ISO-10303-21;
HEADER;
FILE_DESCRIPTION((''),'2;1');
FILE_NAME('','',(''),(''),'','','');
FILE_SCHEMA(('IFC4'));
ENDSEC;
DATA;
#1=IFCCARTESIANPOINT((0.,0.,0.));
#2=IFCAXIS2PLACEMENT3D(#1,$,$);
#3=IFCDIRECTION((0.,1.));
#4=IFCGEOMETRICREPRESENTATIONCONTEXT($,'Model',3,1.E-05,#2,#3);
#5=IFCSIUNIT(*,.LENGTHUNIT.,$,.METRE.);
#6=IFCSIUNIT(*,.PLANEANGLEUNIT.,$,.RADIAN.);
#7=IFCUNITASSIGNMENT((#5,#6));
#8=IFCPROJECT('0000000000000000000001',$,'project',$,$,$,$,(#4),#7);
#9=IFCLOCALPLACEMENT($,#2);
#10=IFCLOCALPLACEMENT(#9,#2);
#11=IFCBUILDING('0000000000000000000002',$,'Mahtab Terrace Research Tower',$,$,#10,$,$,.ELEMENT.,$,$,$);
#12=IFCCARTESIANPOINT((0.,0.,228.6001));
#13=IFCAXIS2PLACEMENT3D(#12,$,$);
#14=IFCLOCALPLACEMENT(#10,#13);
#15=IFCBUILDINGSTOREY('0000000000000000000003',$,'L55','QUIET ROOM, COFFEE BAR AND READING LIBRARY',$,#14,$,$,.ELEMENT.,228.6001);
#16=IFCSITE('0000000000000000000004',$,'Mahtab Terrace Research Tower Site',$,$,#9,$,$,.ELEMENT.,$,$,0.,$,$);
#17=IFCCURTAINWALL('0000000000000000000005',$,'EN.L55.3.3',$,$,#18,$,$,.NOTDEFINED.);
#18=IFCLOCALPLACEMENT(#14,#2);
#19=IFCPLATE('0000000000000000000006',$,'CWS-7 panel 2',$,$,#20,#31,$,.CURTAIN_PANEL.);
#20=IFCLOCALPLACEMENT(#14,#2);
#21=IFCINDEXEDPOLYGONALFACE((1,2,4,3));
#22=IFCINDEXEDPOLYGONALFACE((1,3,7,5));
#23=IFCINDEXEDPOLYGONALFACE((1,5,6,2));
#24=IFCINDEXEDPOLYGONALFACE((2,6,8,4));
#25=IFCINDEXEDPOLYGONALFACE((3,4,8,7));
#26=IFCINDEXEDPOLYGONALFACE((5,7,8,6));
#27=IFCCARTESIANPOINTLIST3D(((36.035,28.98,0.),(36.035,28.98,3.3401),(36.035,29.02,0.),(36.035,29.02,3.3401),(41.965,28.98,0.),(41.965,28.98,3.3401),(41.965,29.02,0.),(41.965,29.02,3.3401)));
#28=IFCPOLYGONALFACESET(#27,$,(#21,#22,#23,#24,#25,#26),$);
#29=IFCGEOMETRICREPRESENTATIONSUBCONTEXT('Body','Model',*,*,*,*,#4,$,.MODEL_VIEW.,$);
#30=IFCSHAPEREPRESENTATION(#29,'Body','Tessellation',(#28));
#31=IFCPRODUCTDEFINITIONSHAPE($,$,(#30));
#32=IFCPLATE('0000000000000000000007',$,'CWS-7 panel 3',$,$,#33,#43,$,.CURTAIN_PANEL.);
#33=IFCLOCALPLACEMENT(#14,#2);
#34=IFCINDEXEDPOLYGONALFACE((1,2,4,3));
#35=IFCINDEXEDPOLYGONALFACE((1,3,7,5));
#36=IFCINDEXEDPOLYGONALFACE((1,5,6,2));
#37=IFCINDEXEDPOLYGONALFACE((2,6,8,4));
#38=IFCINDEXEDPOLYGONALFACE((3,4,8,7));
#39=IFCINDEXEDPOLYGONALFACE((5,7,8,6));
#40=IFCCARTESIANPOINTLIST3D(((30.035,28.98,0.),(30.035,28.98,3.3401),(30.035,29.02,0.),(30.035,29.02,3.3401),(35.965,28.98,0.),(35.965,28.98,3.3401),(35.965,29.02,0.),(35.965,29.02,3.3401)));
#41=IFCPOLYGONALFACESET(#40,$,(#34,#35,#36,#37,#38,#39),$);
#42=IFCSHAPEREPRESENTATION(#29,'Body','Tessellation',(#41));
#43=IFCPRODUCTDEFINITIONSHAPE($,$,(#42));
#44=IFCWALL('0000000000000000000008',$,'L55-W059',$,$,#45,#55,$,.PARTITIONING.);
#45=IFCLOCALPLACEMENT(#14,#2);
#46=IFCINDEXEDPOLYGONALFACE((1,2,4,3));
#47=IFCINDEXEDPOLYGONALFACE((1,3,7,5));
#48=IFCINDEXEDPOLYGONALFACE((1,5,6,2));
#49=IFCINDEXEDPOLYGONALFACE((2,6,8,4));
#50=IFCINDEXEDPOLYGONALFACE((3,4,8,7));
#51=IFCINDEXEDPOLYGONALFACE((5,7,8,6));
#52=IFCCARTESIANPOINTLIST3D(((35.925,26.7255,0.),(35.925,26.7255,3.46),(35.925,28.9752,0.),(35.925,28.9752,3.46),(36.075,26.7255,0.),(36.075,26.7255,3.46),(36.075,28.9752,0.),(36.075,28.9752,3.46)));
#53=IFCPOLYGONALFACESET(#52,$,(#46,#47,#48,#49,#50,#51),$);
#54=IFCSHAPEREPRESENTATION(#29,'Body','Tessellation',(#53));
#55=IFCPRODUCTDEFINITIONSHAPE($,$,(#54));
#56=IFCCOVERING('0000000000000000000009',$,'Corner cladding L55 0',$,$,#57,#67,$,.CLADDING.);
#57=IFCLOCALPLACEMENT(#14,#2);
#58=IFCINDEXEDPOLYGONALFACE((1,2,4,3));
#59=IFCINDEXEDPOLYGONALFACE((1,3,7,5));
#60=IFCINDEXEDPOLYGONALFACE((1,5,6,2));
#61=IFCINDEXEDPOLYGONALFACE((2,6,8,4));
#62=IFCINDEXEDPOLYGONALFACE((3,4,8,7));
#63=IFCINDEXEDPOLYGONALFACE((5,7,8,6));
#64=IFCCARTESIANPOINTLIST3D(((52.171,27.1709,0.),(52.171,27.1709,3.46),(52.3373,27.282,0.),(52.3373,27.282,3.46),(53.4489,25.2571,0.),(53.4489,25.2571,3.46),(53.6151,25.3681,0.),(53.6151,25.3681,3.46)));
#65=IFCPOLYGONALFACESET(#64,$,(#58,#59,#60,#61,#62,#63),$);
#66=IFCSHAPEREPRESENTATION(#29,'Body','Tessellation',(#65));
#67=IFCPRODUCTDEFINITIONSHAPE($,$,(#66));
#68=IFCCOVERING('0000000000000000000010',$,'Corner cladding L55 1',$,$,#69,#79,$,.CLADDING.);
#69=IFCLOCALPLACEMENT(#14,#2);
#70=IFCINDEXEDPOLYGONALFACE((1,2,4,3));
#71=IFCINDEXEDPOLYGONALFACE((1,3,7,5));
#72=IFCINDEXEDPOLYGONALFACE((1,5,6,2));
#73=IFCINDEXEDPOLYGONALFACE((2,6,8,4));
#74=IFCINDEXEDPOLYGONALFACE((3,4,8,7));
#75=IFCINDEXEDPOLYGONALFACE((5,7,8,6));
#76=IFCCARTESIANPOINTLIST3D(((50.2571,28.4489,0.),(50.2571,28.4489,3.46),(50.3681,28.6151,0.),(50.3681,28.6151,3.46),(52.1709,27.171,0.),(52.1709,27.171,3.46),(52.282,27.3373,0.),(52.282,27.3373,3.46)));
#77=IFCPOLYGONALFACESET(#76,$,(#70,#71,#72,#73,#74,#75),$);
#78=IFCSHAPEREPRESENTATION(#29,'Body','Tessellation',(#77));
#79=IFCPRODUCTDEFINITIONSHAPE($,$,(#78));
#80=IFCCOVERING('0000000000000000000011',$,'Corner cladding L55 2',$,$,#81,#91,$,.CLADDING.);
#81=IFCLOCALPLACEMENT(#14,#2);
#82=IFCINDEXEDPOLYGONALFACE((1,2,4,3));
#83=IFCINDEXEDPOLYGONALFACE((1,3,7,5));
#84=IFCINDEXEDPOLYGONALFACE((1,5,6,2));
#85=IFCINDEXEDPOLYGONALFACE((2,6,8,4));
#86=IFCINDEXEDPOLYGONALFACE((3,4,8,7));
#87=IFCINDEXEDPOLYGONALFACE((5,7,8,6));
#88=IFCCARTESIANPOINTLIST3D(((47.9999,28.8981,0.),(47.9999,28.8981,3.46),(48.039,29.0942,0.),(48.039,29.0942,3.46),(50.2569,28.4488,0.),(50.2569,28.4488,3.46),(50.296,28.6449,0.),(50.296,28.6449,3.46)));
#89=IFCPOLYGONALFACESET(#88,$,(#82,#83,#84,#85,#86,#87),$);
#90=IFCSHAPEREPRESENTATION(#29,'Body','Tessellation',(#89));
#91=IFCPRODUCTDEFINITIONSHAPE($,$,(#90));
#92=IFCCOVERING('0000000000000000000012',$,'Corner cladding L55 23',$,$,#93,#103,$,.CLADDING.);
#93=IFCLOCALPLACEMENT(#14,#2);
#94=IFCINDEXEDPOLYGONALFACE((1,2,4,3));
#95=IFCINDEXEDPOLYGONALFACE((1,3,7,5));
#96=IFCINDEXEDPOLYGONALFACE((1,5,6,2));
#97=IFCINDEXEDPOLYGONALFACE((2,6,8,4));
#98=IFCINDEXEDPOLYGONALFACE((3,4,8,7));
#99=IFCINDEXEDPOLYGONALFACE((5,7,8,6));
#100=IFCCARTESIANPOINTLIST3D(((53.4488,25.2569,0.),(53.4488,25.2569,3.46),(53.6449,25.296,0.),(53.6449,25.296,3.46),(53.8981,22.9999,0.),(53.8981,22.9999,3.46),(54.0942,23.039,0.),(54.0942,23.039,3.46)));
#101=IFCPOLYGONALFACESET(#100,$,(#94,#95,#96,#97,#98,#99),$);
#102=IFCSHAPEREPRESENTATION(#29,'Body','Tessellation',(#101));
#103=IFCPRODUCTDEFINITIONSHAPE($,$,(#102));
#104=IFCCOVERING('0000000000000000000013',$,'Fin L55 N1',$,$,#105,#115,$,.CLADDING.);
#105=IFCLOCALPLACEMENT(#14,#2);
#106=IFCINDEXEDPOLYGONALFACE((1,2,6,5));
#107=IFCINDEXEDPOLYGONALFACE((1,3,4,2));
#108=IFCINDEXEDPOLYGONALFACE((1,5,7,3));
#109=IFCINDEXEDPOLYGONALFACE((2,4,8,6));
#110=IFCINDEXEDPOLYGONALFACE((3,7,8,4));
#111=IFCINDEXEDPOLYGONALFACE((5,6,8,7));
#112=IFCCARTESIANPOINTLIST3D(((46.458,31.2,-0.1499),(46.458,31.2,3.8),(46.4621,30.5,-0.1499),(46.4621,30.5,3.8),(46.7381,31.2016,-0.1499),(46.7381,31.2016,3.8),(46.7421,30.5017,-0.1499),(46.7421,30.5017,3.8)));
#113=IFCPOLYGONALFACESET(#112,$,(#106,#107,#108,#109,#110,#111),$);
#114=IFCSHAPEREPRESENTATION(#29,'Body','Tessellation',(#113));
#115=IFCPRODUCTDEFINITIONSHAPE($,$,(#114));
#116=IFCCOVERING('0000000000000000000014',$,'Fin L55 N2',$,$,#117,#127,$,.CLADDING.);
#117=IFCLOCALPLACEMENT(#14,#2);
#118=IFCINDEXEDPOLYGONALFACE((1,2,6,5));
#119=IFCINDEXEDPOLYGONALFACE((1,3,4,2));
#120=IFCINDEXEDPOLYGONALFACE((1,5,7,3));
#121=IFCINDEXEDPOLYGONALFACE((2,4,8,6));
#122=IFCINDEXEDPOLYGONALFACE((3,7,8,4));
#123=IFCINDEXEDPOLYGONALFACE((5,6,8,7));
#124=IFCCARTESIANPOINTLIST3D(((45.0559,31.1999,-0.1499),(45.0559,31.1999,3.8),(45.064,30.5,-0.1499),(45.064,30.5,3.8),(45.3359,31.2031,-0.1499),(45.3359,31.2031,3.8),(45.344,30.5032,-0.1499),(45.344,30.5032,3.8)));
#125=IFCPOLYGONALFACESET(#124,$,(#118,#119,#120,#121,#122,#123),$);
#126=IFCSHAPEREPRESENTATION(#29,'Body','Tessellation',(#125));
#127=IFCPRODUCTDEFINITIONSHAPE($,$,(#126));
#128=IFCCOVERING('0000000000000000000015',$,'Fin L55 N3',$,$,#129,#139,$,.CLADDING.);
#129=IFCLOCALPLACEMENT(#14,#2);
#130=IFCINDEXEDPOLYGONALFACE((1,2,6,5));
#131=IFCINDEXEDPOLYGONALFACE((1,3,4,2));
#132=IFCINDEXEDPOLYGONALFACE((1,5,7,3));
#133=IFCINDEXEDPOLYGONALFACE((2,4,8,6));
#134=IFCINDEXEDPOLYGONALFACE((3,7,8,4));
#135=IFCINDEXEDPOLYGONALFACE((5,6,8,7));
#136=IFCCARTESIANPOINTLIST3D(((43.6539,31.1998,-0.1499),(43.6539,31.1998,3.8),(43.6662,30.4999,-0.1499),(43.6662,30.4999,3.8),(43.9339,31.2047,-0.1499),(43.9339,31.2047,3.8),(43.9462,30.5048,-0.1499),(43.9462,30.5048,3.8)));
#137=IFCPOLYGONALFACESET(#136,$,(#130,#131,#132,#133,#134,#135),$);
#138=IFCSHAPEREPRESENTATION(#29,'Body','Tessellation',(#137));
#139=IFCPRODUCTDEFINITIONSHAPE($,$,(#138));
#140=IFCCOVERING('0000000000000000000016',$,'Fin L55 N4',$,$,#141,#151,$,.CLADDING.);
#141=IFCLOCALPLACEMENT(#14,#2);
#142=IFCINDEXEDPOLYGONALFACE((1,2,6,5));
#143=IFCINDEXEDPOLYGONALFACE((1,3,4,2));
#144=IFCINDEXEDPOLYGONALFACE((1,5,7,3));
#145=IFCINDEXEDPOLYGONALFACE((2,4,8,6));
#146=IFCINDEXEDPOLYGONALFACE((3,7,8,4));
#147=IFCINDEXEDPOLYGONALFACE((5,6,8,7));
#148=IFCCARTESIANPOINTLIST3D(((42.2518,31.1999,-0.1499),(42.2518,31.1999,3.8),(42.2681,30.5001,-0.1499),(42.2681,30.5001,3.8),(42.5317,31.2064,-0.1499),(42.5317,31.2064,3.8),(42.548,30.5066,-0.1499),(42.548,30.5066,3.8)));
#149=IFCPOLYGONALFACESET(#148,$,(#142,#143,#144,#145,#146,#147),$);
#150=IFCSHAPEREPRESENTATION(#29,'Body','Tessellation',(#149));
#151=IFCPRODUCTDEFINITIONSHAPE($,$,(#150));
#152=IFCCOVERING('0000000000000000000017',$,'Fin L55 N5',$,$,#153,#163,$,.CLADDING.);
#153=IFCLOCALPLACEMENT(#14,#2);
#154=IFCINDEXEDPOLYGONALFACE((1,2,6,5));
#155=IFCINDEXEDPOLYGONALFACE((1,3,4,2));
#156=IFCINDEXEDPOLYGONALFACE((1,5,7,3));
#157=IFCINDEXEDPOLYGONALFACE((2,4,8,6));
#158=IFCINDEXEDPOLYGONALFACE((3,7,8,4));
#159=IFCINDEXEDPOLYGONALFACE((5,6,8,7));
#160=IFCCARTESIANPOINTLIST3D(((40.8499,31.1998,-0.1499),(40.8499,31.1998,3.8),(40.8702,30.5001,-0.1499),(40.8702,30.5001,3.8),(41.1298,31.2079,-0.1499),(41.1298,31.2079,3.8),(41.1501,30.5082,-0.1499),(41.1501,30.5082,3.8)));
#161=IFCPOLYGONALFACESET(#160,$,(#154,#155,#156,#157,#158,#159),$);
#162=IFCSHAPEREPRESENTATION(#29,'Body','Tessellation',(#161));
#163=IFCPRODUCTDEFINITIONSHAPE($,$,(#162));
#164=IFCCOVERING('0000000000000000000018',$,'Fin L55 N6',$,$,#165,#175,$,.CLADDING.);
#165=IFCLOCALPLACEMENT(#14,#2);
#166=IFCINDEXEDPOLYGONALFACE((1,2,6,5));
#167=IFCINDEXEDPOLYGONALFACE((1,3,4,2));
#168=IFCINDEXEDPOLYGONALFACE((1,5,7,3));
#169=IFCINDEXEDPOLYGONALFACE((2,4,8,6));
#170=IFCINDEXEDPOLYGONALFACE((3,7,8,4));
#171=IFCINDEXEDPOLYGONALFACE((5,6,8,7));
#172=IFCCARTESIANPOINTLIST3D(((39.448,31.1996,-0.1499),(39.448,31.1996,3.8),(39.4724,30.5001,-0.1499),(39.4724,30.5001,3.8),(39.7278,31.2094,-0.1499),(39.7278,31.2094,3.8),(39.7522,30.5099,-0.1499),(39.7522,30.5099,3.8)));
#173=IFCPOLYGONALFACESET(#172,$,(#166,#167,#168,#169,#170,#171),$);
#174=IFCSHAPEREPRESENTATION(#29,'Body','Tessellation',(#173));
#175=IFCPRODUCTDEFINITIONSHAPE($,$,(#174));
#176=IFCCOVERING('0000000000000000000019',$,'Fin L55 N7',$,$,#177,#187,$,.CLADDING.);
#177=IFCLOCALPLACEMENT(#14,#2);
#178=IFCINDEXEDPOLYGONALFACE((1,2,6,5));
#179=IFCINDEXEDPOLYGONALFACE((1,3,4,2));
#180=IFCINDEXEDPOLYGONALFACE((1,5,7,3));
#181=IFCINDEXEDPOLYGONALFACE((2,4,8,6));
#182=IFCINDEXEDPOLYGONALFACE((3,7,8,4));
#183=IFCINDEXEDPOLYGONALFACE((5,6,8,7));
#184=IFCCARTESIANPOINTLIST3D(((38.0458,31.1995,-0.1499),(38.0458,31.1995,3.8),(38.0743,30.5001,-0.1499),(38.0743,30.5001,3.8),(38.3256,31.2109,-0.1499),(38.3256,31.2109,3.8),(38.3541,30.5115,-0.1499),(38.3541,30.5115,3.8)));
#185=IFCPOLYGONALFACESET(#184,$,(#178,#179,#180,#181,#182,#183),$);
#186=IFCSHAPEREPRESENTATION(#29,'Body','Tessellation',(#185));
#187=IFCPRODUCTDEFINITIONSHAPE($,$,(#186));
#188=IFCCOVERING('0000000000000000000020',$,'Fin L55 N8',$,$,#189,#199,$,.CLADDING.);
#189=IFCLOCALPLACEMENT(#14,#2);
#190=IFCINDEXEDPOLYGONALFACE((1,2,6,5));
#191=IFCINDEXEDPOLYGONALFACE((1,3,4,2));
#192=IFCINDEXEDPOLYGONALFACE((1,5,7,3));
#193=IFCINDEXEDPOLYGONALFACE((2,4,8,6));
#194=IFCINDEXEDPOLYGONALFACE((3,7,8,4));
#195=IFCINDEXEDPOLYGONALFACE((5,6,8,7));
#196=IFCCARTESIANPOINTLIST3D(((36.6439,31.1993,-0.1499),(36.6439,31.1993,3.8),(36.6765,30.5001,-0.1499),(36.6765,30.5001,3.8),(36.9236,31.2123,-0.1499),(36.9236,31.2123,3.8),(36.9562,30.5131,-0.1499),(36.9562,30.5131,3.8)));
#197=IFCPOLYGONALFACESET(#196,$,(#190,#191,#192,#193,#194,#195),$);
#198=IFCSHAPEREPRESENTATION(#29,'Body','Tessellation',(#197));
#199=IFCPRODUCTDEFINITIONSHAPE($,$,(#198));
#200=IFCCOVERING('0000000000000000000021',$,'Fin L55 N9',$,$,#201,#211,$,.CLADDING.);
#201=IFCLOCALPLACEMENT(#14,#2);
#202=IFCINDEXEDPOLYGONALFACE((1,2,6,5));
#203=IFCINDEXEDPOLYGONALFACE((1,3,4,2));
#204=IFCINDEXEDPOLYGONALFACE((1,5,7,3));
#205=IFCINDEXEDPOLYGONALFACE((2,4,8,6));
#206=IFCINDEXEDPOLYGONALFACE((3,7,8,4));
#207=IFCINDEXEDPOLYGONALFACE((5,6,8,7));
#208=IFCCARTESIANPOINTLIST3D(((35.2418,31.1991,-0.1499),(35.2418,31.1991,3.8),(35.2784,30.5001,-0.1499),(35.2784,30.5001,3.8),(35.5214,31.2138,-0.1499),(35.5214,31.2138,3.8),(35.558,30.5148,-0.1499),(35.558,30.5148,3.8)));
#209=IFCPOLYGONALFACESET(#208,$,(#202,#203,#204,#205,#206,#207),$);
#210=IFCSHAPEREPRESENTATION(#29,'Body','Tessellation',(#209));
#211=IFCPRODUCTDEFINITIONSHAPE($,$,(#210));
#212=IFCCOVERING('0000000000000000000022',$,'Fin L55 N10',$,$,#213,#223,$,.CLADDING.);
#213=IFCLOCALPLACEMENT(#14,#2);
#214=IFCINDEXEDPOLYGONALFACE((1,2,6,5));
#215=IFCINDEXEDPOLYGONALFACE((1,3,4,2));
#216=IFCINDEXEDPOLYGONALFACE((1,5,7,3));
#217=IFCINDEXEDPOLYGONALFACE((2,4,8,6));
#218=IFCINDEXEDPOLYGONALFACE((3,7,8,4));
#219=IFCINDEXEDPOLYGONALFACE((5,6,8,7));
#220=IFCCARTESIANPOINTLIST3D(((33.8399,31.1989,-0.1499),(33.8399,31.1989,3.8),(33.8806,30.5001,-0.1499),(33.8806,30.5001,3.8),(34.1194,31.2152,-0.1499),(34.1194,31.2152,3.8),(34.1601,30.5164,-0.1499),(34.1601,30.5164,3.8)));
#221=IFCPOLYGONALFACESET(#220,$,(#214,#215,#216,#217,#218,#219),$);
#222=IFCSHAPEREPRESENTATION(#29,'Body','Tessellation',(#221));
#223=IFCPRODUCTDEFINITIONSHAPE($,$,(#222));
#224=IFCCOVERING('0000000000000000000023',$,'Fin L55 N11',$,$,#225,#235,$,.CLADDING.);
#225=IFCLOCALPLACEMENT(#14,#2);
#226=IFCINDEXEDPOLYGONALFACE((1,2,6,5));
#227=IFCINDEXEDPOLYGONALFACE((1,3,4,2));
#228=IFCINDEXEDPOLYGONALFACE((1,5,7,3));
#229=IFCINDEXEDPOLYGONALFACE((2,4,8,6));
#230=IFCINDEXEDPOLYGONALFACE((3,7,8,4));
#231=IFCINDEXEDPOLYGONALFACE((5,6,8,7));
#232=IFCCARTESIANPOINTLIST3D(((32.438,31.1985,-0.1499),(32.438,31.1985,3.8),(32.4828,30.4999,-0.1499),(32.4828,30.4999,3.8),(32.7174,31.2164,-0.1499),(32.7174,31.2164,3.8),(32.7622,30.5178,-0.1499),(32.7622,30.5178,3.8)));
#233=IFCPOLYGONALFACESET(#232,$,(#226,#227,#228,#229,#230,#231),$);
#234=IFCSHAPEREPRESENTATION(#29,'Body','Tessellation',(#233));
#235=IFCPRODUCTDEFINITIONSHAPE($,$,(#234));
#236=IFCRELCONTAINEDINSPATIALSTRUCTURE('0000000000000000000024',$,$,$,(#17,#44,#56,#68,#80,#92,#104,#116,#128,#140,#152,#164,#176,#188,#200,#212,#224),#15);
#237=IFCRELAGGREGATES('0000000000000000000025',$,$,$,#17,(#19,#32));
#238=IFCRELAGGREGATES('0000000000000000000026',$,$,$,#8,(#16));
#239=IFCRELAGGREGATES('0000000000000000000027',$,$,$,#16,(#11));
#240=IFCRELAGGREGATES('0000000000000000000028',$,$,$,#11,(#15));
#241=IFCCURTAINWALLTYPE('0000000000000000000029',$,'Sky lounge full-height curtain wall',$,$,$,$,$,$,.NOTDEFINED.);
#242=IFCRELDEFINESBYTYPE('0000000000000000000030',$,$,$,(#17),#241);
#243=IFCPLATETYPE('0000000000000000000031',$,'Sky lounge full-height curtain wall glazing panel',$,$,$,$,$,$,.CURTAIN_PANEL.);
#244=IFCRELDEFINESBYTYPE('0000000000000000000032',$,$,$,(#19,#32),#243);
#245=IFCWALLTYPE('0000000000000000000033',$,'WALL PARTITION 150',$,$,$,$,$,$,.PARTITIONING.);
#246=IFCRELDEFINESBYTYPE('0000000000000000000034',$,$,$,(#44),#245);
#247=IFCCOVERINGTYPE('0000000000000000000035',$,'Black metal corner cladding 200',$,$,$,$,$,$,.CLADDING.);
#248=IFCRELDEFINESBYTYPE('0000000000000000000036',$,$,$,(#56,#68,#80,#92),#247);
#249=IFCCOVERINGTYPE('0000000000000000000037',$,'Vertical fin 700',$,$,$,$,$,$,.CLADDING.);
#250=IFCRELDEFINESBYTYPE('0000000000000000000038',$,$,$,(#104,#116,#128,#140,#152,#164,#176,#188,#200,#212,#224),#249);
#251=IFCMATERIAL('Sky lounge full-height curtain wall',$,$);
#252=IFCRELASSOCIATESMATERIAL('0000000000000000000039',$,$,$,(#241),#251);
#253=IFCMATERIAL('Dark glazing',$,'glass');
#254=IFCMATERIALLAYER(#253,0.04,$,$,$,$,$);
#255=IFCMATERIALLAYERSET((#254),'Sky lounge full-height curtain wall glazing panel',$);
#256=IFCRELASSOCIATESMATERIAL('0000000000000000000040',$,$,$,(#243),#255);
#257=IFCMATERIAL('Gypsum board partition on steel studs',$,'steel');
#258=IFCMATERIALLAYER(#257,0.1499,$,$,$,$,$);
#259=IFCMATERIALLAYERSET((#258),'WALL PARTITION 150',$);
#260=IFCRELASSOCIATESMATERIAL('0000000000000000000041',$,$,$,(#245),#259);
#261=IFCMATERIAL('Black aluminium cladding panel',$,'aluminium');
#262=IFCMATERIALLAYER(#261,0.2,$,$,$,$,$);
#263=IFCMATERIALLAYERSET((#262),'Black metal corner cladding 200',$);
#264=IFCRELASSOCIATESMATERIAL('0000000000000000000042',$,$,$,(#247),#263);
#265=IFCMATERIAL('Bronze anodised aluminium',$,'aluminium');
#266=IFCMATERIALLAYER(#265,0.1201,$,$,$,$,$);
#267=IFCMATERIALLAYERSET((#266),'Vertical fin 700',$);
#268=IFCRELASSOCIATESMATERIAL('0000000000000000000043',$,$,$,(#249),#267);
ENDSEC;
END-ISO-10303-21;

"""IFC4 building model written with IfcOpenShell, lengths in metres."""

from ifc_helpers import new_model, si_unit, direction, frame, frame_2d, origin, origin_2d, place, context, subcontext, project, spatial, rectangle, extrude, material, layer, layer_set, type_object, element, aggregate, save


model = new_model("IFC4")

# Units and contexts
model_context = context("Model", 3, precision=1e-05, world=origin(), true_north=direction((0.0, 1.0)))
body_context = subcontext(model_context, "Body", "Model", "MODEL_VIEW")
ifc_project = project(units=[si_unit("LENGTHUNIT", "METRE"), si_unit("PLANEANGLEUNIT", "RADIAN")], contexts=[model_context])

# Site, building, storey
site_placement = place(None, origin())
site = spatial("IfcSite", under=ifc_project, at=site_placement, Name="Mahtab Terrace Research Tower Site", CompositionType="ELEMENT", RefElevation=0.0)
building_placement = place(site_placement, origin())
building = spatial("IfcBuilding", under=site, at=building_placement, Name="Mahtab Terrace Research Tower", CompositionType="ELEMENT")
storey_placement = place(building_placement, frame((0.0, 0.0, 228.6001)))
storey = spatial("IfcBuildingStorey", under=building, at=storey_placement, Name="L55", Description="QUIET ROOM, COFFEE BAR AND READING LIBRARY", CompositionType="ELEMENT", Elevation=228.6001)

# Curtain wall
ifc_material_1 = material(Name="Sky lounge full-height curtain wall")
curtain_wall_type = type_object("IfcCurtainWallType", Name="Sky lounge full-height curtain wall", PredefinedType="NOTDEFINED", material=ifc_material_1)
curtain_wall_1_placement = place(storey_placement, origin())
curtain_wall_1 = element("IfcCurtainWall", 1, at=curtain_wall_1_placement, inside=storey, type_object=curtain_wall_type, Name="EN.L55.3.3", PredefinedType="NOTDEFINED")

# Plates
ifc_material_2 = material(Name="Dark glazing", Category="glass")
ifc_layer_1 = layer(ifc_material_2, 0.04)
ifc_layer_set_1 = layer_set([ifc_layer_1], Name="Sky lounge full-height curtain wall glazing panel")
plate_type = type_object("IfcPlateType", Name="Sky lounge full-height curtain wall glazing panel", PredefinedType="CURTAIN_PANEL", material=ifc_layer_set_1)
plate_1_placement = place(storey_placement, frame((39.0, 29.0, 0.0), z_axis=(0.0, 0.0, 1.0), x_axis=(-1.0, 0.0, 0.0)))
plate_1 = element("IfcPlate", 2, at=plate_1_placement, type_object=plate_type, Name="CWS-7 panel 2", PredefinedType="CURTAIN_PANEL", context=body_context, shape_type="SweptSolid", body=[
    extrude(rectangle(XDim=5.9299, YDim=0.04, at=origin_2d()), origin(), (0.0, 0.0, 1.0), 3.3401),
])
plate_2_placement = place(storey_placement, frame((33.0, 29.0, 0.0), z_axis=(0.0, 0.0, 1.0), x_axis=(-1.0, 0.0, 0.0)))
plate_2 = element("IfcPlate", 3, at=plate_2_placement, type_object=plate_type, Name="CWS-7 panel 3", PredefinedType="CURTAIN_PANEL", context=body_context, shape_type="SweptSolid", body=[
    extrude(rectangle(XDim=5.9299, YDim=0.04, at=origin_2d()), origin(), (0.0, 0.0, 1.0), 3.3401),
])
aggregate(curtain_wall_1, [plate_1, plate_2])

# Wall
ifc_material_3 = material(Name="Gypsum board partition on steel studs", Category="steel")
ifc_layer_2 = layer(ifc_material_3, 0.1499)
ifc_layer_set_2 = layer_set([ifc_layer_2], Name="WALL PARTITION 150")
wall_type = type_object("IfcWallType", Name="WALL PARTITION 150", PredefinedType="PARTITIONING", material=ifc_layer_set_2)
wall_placement = place(storey_placement, frame((36.0, 26.7253, 0.0), z_axis=(0.0, 0.0, 1.0), x_axis=(0.0, 1.0, 0.0)))
element("IfcWall", 4, at=wall_placement, inside=storey, type_object=wall_type, Name="L55-W059", PredefinedType="PARTITIONING", context=body_context, shape_type="SweptSolid", body=[
    extrude(rectangle(XDim=2.2498, YDim=0.1499, at=frame_2d((1.125, 0.0))), origin(), (0.0, 0.0, 1.0), 3.46),
])

# Coverings
ifc_material_4 = material(Name="Black aluminium cladding panel", Category="aluminium")
ifc_layer_3 = layer(ifc_material_4, 0.2)
ifc_layer_set_3 = layer_set([ifc_layer_3], Name="Black metal corner cladding 200")
covering_type_1 = type_object("IfcCoveringType", Name="Black metal corner cladding 200", PredefinedType="CLADDING", material=ifc_layer_set_3)
for number, where, z_axis, x_axis, name in (
    (5, (52.8931, 26.2695, 0.0), (0.0, 0.0, 1.0), (-0.555291, 0.831656, 0.0), "Corner cladding L55 0"),
    (6, (51.2695, 27.8931, 0.0), (0.0, 0.0, 1.0), (-0.831656, 0.555291, 0.0), "Corner cladding L55 1"),
    (7, (49.1479, 28.7715, 0.0), (0.0, 0.0, 1.0), (-0.980761, 0.195212, 0.0), "Corner cladding L55 2"),
    (8, (53.7715, 24.1479, 0.0), (0.0, 0.0, 1.0), (-0.195212, 0.980761, 0.0), "Corner cladding L55 23"),
):
    element("IfcCovering", number, at=place(storey_placement, frame(where, z_axis=z_axis, x_axis=x_axis)), inside=storey, type_object=covering_type_1, Name=name, PredefinedType="CLADDING", context=body_context, shape_type="SweptSolid", body=[
        extrude(rectangle(XDim=2.3013, YDim=0.2, at=origin_2d()), origin(), (0.0, 0.0, 1.0), 3.46),
    ])
ifc_material_5 = material(Name="Bronze anodised aluminium", Category="aluminium")
ifc_layer_4 = layer(ifc_material_5, 0.1201)
ifc_layer_set_4 = layer_set([ifc_layer_4], Name="Vertical fin 700")
covering_type_2 = type_object("IfcCoveringType", Name="Vertical fin 700", PredefinedType="CLADDING", material=ifc_layer_set_4)
for number, where, z_axis, x_axis, name in (
    (9, (46.6001, 30.8508, -0.1499), (0.0, 0.0, 1.0), (-0.999983, -0.005818, 0.0), "Fin L55 N1"),
    (10, (45.2, 30.8516, -0.1499), (0.0, 0.0, 1.0), (-0.999932, -0.011635, 0.0), "Fin L55 N2"),
    (11, (43.8, 30.8523, -0.1499), (0.0, 0.0, 1.0), (-0.999848, -0.017452, 0.0), "Fin L55 N3"),
    (12, (42.3999, 30.8533, -0.1499), (0.0, 0.0, 1.0), (-0.999729, -0.023269, 0.0), "Fin L55 N4"),
    (13, (41.0, 30.854, -0.1499), (0.0, 0.0, 1.0), (-0.999577, -0.029085, 0.0), "Fin L55 N5"),
    (14, (39.6001, 30.8547, -0.1499), (0.0, 0.0, 1.0), (-0.999391, -0.034899, 0.0), "Fin L55 N6"),
    (15, (38.2, 30.8555, -0.1499), (0.0, 0.0, 1.0), (-0.999171, -0.040713, 0.0), "Fin L55 N7"),
    (16, (36.8, 30.8562, -0.1499), (0.0, 0.0, 1.0), (-0.998917, -0.046525, 0.0), "Fin L55 N8"),
    (17, (35.3999, 30.8569, -0.1499), (0.0, 0.0, 1.0), (-0.99863, -0.052336, 0.0), "Fin L55 N9"),
    (18, (34.0, 30.8577, -0.1499), (0.0, 0.0, 1.0), (-0.998308, -0.058145, 0.0), "Fin L55 N10"),
    (19, (32.6001, 30.8582, -0.1499), (0.0, 0.0, 1.0), (-0.997953, -0.063952, 0.0), "Fin L55 N11"),
):
    element("IfcCovering", number, at=place(storey_placement, frame(where, z_axis=z_axis, x_axis=x_axis)), inside=storey, type_object=covering_type_2, Name=name, PredefinedType="CLADDING", context=body_context, shape_type="SweptSolid", body=[
        extrude(rectangle(XDim=0.28, YDim=0.7, at=origin_2d()), origin(), (0.0, 0.0, 1.0), 3.95),
    ])

save(model, "model.ifc")
